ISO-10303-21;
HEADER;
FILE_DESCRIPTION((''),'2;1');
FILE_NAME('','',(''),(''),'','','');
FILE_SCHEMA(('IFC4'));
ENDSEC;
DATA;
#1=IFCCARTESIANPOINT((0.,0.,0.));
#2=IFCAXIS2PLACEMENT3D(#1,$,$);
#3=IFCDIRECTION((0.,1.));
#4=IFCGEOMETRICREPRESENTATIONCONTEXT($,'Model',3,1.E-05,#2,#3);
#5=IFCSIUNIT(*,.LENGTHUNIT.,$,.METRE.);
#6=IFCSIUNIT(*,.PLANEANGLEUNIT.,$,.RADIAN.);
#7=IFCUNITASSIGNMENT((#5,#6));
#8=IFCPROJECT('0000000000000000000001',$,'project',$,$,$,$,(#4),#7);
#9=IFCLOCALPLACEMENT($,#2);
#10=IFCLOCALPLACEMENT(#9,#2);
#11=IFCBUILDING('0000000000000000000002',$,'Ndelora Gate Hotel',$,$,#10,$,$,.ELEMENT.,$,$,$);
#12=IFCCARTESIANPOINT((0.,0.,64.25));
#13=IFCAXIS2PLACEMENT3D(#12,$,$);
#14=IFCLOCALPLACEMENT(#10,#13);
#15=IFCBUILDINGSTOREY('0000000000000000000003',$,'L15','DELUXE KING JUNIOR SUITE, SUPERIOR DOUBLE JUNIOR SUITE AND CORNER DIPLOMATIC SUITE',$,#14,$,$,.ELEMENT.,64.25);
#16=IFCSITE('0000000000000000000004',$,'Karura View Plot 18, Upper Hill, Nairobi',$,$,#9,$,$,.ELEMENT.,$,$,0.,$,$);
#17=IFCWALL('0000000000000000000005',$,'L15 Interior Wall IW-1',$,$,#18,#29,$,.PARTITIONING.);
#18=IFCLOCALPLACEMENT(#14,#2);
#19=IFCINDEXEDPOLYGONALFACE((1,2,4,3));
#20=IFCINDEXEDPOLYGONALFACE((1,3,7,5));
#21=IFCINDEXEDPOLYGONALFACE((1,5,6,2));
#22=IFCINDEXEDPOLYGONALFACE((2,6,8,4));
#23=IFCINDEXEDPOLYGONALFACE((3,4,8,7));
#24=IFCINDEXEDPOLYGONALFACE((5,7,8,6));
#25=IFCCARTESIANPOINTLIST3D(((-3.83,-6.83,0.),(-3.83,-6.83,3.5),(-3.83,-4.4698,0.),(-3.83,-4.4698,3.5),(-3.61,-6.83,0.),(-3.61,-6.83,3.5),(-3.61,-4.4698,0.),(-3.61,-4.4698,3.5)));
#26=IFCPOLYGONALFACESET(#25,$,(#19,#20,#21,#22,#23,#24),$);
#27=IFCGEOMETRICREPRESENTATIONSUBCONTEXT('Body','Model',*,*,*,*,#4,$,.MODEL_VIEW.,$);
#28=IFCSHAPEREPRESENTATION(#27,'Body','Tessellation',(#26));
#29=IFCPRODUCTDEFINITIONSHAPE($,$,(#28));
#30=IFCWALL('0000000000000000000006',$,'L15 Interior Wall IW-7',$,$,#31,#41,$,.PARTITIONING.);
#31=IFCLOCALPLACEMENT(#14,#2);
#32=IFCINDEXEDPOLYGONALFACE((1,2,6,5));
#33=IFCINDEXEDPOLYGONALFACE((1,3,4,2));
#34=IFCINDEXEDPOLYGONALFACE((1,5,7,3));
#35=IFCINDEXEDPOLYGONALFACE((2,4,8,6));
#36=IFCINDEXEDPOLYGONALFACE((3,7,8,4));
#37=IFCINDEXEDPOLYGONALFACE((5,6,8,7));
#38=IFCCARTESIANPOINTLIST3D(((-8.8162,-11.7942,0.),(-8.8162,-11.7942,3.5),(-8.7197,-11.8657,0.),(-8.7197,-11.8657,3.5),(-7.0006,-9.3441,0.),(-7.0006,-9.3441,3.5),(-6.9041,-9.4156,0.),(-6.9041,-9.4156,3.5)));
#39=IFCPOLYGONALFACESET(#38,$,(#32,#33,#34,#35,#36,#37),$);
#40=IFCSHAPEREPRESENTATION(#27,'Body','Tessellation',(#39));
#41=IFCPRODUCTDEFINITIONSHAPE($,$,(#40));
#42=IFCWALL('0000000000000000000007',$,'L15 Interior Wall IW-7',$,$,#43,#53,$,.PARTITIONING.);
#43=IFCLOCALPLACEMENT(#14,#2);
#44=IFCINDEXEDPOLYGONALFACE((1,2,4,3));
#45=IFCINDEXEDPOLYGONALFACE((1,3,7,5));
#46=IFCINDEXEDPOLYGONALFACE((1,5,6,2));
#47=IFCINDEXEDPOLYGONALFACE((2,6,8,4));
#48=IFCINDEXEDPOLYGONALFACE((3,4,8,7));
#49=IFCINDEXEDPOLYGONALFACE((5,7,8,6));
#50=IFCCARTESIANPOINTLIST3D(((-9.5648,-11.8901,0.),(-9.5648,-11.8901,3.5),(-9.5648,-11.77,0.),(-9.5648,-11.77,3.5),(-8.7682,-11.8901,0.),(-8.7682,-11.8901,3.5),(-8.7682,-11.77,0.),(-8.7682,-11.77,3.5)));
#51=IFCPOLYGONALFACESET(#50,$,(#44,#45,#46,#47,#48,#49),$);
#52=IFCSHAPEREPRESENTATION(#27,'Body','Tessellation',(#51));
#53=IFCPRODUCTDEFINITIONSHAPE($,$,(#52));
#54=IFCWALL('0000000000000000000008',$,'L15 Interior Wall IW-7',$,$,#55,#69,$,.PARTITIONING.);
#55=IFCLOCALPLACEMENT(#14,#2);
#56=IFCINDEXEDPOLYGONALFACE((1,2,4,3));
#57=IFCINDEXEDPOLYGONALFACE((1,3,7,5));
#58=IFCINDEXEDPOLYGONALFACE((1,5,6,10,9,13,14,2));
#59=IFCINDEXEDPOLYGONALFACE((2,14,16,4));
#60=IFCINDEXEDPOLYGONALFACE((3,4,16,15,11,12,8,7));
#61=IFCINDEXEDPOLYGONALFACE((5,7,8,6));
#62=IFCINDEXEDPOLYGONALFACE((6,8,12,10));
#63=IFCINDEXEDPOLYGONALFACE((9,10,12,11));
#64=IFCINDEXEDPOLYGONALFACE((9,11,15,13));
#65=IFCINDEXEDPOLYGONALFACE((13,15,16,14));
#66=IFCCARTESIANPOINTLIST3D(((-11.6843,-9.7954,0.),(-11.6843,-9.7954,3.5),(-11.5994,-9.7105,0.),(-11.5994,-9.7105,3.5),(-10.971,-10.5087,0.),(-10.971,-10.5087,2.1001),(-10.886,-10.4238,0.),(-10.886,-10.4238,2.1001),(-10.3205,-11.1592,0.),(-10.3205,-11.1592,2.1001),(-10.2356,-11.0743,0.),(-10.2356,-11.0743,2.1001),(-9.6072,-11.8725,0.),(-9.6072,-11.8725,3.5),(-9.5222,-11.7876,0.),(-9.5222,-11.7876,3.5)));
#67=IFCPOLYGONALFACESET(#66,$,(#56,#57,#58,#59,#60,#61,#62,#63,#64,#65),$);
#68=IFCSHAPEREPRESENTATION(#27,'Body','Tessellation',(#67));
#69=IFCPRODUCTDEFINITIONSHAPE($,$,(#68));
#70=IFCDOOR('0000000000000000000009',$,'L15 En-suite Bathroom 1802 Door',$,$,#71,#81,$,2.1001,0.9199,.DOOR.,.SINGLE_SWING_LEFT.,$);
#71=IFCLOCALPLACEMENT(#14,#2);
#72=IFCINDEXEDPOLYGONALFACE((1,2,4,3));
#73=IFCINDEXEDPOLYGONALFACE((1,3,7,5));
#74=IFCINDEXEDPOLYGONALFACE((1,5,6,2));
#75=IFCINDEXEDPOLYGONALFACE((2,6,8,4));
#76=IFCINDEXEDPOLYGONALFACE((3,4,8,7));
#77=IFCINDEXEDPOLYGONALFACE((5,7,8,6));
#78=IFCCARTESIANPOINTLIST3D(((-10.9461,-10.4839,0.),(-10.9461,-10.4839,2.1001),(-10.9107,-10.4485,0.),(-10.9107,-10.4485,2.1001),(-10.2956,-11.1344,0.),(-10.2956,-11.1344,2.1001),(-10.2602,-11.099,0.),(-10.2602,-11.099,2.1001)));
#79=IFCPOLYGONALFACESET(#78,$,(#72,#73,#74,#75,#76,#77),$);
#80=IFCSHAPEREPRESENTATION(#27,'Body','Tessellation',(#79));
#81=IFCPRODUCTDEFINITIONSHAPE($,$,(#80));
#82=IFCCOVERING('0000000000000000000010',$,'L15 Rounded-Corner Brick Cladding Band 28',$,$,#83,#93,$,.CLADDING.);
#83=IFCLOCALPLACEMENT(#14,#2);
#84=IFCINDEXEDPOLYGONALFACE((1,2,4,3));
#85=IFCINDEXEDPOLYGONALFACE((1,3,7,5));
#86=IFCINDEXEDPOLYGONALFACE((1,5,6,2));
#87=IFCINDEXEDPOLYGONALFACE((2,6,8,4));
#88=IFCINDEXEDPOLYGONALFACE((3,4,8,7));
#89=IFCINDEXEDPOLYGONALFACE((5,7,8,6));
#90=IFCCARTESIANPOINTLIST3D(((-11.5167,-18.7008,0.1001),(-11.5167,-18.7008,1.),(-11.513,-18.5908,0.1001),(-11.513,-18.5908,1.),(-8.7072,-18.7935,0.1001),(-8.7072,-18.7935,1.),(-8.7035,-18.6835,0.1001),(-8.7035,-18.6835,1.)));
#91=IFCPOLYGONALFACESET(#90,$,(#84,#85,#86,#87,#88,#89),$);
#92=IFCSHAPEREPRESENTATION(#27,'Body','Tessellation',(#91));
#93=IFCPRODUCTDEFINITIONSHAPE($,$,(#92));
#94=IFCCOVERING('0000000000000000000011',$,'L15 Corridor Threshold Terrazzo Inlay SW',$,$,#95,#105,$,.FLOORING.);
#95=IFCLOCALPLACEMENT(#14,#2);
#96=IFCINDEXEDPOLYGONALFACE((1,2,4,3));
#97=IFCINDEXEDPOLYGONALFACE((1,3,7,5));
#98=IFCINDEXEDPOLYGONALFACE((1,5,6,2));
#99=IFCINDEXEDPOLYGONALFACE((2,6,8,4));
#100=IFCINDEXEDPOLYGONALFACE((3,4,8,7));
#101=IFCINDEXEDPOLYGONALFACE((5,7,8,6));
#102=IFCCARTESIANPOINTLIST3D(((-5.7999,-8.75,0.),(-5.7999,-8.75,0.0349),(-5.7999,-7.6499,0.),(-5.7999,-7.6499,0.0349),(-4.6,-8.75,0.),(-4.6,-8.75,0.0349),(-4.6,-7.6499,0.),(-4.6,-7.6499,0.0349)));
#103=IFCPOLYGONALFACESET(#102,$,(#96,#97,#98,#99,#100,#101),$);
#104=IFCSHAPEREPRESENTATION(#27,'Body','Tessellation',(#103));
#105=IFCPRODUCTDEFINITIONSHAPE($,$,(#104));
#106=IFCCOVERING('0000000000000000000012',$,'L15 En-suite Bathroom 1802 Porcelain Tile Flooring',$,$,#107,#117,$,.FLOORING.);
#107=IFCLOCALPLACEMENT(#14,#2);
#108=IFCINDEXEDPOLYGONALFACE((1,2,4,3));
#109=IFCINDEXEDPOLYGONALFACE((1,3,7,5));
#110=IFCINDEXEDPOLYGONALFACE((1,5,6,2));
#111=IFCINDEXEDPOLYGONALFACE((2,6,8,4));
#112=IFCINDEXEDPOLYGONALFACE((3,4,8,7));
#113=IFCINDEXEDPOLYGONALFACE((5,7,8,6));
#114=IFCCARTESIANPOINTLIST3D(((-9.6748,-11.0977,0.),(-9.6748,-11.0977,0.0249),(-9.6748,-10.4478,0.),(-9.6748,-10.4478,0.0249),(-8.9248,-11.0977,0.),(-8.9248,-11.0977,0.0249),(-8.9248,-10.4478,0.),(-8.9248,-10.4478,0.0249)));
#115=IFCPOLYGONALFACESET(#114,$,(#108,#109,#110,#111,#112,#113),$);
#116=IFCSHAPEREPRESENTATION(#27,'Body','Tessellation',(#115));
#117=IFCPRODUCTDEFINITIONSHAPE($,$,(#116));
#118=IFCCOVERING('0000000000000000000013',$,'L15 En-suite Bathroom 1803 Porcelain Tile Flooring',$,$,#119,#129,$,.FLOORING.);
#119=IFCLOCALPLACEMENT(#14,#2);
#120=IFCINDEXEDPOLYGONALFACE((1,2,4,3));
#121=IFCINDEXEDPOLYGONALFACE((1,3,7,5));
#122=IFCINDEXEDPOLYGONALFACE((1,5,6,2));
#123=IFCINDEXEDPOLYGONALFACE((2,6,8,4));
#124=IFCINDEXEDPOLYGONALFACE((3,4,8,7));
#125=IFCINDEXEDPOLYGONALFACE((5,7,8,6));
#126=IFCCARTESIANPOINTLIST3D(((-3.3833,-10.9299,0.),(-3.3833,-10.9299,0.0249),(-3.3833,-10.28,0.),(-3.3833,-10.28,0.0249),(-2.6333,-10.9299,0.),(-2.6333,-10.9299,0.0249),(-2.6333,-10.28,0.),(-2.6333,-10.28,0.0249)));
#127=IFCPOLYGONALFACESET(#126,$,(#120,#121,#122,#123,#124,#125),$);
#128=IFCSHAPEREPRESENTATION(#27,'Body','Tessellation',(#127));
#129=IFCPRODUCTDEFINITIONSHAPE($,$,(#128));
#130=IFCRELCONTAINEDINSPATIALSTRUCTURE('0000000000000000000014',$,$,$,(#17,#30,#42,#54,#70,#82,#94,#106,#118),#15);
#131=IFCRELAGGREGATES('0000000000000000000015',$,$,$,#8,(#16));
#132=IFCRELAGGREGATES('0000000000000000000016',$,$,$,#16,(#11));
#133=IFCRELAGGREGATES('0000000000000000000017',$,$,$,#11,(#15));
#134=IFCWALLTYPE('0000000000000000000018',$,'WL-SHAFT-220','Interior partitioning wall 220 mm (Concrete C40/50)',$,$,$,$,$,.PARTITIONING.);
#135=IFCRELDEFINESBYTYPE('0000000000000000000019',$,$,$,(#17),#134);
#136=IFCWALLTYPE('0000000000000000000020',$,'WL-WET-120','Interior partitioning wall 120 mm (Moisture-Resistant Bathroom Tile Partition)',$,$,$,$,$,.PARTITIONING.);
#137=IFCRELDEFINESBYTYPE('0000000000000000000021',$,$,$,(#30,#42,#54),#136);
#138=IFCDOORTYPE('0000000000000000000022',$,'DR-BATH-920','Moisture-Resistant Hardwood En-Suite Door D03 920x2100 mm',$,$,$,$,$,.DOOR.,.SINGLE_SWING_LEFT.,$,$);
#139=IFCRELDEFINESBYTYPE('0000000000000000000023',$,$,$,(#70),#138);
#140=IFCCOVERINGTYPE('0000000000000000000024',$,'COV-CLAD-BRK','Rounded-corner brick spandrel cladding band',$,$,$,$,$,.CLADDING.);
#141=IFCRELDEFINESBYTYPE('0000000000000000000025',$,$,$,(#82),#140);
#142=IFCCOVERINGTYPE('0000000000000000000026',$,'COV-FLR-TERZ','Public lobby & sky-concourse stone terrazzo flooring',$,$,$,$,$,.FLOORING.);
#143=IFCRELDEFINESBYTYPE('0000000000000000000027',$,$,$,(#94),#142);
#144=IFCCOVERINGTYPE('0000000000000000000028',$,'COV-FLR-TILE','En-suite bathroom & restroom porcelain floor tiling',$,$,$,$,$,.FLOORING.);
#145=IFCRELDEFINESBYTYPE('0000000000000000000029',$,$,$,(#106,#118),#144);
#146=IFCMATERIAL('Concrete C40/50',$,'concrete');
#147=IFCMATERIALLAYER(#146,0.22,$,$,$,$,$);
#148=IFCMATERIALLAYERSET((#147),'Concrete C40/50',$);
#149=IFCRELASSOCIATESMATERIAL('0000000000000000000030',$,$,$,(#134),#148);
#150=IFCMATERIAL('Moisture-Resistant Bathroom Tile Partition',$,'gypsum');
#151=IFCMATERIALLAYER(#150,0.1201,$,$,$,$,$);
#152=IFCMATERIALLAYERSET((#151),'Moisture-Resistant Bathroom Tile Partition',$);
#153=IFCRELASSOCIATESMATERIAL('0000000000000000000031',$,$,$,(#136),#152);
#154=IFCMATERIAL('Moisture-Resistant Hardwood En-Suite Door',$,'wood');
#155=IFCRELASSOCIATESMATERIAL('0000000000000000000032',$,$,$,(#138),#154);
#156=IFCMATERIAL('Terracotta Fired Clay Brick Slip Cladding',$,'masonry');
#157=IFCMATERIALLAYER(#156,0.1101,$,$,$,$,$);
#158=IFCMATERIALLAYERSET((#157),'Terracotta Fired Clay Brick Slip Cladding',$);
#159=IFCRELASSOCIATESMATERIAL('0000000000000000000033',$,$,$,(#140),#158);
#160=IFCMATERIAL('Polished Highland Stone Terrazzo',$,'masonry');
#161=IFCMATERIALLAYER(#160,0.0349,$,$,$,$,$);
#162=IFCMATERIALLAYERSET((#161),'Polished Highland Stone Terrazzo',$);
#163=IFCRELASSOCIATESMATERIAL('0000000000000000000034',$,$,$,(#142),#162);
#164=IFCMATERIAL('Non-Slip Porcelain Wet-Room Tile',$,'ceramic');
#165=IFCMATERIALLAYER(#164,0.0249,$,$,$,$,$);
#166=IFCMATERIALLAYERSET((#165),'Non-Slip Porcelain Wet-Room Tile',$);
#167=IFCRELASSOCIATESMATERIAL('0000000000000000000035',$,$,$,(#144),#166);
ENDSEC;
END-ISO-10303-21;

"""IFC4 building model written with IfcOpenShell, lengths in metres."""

from ifc_helpers import new_model, si_unit, direction, frame, frame_2d, origin, origin_2d, place, context, subcontext, project, spatial, rectangle, extrude, material, layer, layer_set, type_object, element, fill, save


model = new_model("IFC4")

# Units and contexts
model_context = context("Model", 3, precision=1e-05, world=origin(), true_north=direction((0.0, 1.0)))
body_context = subcontext(model_context, "Body", "Model", "MODEL_VIEW")
ifc_project = project(units=[si_unit("LENGTHUNIT", "METRE"), si_unit("PLANEANGLEUNIT", "RADIAN")], contexts=[model_context])

# Site, building, storey
site_placement = place(None, origin())
site = spatial("IfcSite", under=ifc_project, at=site_placement, Name="Karura View Plot 18, Upper Hill, Nairobi", CompositionType="ELEMENT", RefElevation=0.0)
building_placement = place(site_placement, origin())
building = spatial("IfcBuilding", under=site, at=building_placement, Name="Ndelora Gate Hotel", CompositionType="ELEMENT")
storey_placement = place(building_placement, frame((0.0, 0.0, 64.25)))
storey = spatial("IfcBuildingStorey", under=building, at=storey_placement, Name="L15", Description="DELUXE KING JUNIOR SUITE, SUPERIOR DOUBLE JUNIOR SUITE AND CORNER DIPLOMATIC SUITE", CompositionType="ELEMENT", Elevation=64.25)

# Shared definitions
ifc_material_1 = material(Name="Concrete C40/50", Category="concrete")

# Walls
ifc_layer_1 = layer(ifc_material_1, 0.22)
ifc_layer_set_1 = layer_set([ifc_layer_1], Name="Concrete C40/50")
wall_type_1 = type_object("IfcWallType", Name="WL-SHAFT-220", Description="Interior partitioning wall 220 mm (Concrete C40/50)", PredefinedType="PARTITIONING", material=ifc_layer_set_1)
wall_1_placement = place(storey_placement, frame((-3.72, -6.8301, 0.0), z_axis=(0.0, 0.0, 1.0), x_axis=(0.0, 1.0, 0.0)))
element("IfcWall", 1, at=wall_1_placement, inside=storey, type_object=wall_type_1, Name="L15 Interior Wall IW-1", PredefinedType="PARTITIONING", context=body_context, shape_type="SweptSolid", body=[
    extrude(rectangle(XDim=2.3601, YDim=0.22, at=frame_2d((1.1802, 0.0))), origin(), (0.0, 0.0, 1.0), 3.5),
])
ifc_material_2 = material(Name="Moisture-Resistant Bathroom Tile Partition", Category="gypsum")
ifc_layer_2 = layer(ifc_material_2, 0.1201)
ifc_layer_set_2 = layer_set([ifc_layer_2], Name="Moisture-Resistant Bathroom Tile Partition")
wall_type_2 = type_object("IfcWallType", Name="WL-WET-120", Description="Interior partitioning wall 120 mm (Moisture-Resistant Bathroom Tile Partition)", PredefinedType="PARTITIONING", material=ifc_layer_set_2)
wall_2_placement = place(storey_placement, frame((-8.7681, -11.8301, 0.0), z_axis=(0.0, 0.0, 1.0), x_axis=(0.595379, 0.803445, 0.0)))
element("IfcWall", 2, at=wall_2_placement, inside=storey, type_object=wall_type_2, Name="L15 Interior Wall IW-7", PredefinedType="PARTITIONING", context=body_context, shape_type="SweptSolid", body=[
    extrude(rectangle(XDim=3.0496, YDim=0.1201, at=frame_2d((1.5249, 0.0))), origin(), (0.0, 0.0, 1.0), 3.5),
])
wall_3_placement = place(storey_placement, frame((-8.7681, -11.8301, 0.0), z_axis=(0.0, 0.0, 1.0), x_axis=(-1.0, 0.0, 0.0)))
element("IfcWall", 3, at=wall_3_placement, inside=storey, type_object=wall_type_2, Name="L15 Interior Wall IW-7", PredefinedType="PARTITIONING", context=body_context, shape_type="SweptSolid", body=[
    extrude(rectangle(XDim=0.7966, YDim=0.1201, at=frame_2d((0.3984, 0.0))), origin(), (0.0, 0.0, 1.0), 3.5),
])

# Wall, opening, door
wall_4_placement = place(storey_placement, frame((-9.5647, -11.8301, 0.0), z_axis=(0.0, 0.0, 1.0), x_axis=(-0.707107, 0.707107, 0.0)))
wall_4 = element("IfcWall", 4, at=wall_4_placement, inside=storey, type_object=wall_type_2, Name="L15 Interior Wall IW-7", PredefinedType="PARTITIONING", context=body_context, shape_type="SweptSolid", body=[
    extrude(rectangle(XDim=2.9375, YDim=0.1201, at=frame_2d((1.4688, 0.0))), origin(), (0.0, 0.0, 1.0), 3.5),
])
opening_1_placement = place(wall_4_placement, frame((1.0088, 0.0, 0.0)))
opening_1 = element("IfcOpeningElement", 5, at=opening_1_placement, cuts=wall_4, PredefinedType="OPENING", context=body_context, shape_type="SweptSolid", body=[
    extrude(rectangle(XDim=0.9199, YDim=2.1001, at=frame_2d((0.46, 1.05))), frame((0.0, 0.0701, 0.0), z_axis=(0.0, -1.0, 0.0), x_axis=(1.0, 0.0, 0.0)), (0.0, 0.0, 1.0), 0.1401),
])
ifc_material_3 = material(Name="Moisture-Resistant Hardwood En-Suite Door", Category="wood")
door_type_1 = type_object("IfcDoorType", Name="DR-BATH-920", Description="Moisture-Resistant Hardwood En-Suite Door D03 920x2100 mm", OperationType="SINGLE_SWING_LEFT", PredefinedType="DOOR", material=ifc_material_3)
door_1_placement = place(opening_1_placement, origin())
door_1 = element("IfcDoor", 6, at=door_1_placement, inside=storey, type_object=door_type_1, Name="L15 En-suite Bathroom 1802 Door", OperationType="SINGLE_SWING_LEFT", OverallHeight=2.1001, OverallWidth=0.9199, PredefinedType="DOOR", context=body_context, shape_type="SweptSolid", body=[
    extrude(rectangle(XDim=0.9199, YDim=2.1001, at=frame_2d((0.46, 1.05))), frame((0.0, 0.0249, 0.0), z_axis=(0.0, -1.0, 0.0), x_axis=(1.0, 0.0, 0.0)), (0.0, 0.0, 1.0), 0.05),
])
fill(opening_1, door_1)

# Coverings
ifc_material_4 = material(Name="Terracotta Fired Clay Brick Slip Cladding", Category="masonry")
ifc_layer_3 = layer(ifc_material_4, 0.1101)
ifc_layer_set_3 = layer_set([ifc_layer_3], Name="Terracotta Fired Clay Brick Slip Cladding")
covering_type_1 = type_object("IfcCoveringType", Name="COV-CLAD-BRK", Description="Rounded-corner brick spandrel cladding band", PredefinedType="CLADDING", material=ifc_layer_set_3)
covering_1_placement = place(storey_placement, frame((-10.1101, -18.6921, 0.1001), z_axis=(0.0, 0.0, 1.0), x_axis=(-0.999456, 0.032981, 0.0)))
element("IfcCovering", 7, at=covering_1_placement, inside=storey, type_object=covering_type_1, Name="L15 Rounded-Corner Brick Cladding Band 28", PredefinedType="CLADDING", context=body_context, shape_type="SweptSolid", body=[
    extrude(rectangle(XDim=2.811, YDim=0.1101, at=origin_2d()), origin(), (0.0, 0.0, 1.0), 0.8999),
])
ifc_material_5 = material(Name="Polished Highland Stone Terrazzo", Category="masonry")
ifc_layer_4 = layer(ifc_material_5, 0.0349)
ifc_layer_set_4 = layer_set([ifc_layer_4], Name="Polished Highland Stone Terrazzo")
covering_type_2 = type_object("IfcCoveringType", Name="COV-FLR-TERZ", Description="Public lobby & sky-concourse stone terrazzo flooring", PredefinedType="FLOORING", material=ifc_layer_set_4)
covering_2_placement = place(storey_placement, frame((-5.2, -8.2, 0.0), z_axis=(0.0, 0.0, 1.0), x_axis=(1.0, 0.0, 0.0)))
element("IfcCovering", 8, at=covering_2_placement, inside=storey, type_object=covering_type_2, Name="L15 Corridor Threshold Terrazzo Inlay SW", PredefinedType="FLOORING", context=body_context, shape_type="SweptSolid", body=[
    extrude(rectangle(XDim=1.2, YDim=1.1001, at=origin_2d()), origin(), (0.0, 0.0, 1.0), 0.0349),
])
ifc_material_6 = material(Name="Non-Slip Porcelain Wet-Room Tile", Category="ceramic")
ifc_layer_5 = layer(ifc_material_6, 0.0249)
ifc_layer_set_5 = layer_set([ifc_layer_5], Name="Non-Slip Porcelain Wet-Room Tile")
covering_type_3 = type_object("IfcCoveringType", Name="COV-FLR-TILE", Description="En-suite bathroom & restroom porcelain floor tiling", PredefinedType="FLOORING", material=ifc_layer_set_5)
for number, where, z_axis, x_axis, name in (
    (9, (-9.2998, -10.7727, 0.0), (0.0, 0.0, 1.0), (1.0, 0.0, 0.0), "L15 En-suite Bathroom 1802 Porcelain Tile Flooring"),
    (10, (-3.0083, -10.605, 0.0), (0.0, 0.0, 1.0), (1.0, 0.0, 0.0), "L15 En-suite Bathroom 1803 Porcelain Tile Flooring"),
):
    element("IfcCovering", number, at=place(storey_placement, frame(where, z_axis=z_axis, x_axis=x_axis)), inside=storey, type_object=covering_type_3, Name=name, PredefinedType="FLOORING", context=body_context, shape_type="SweptSolid", body=[
        extrude(rectangle(XDim=0.75, YDim=0.6499, at=origin_2d()), origin(), (0.0, 0.0, 1.0), 0.0249),
    ])

save(model, "model.ifc")
